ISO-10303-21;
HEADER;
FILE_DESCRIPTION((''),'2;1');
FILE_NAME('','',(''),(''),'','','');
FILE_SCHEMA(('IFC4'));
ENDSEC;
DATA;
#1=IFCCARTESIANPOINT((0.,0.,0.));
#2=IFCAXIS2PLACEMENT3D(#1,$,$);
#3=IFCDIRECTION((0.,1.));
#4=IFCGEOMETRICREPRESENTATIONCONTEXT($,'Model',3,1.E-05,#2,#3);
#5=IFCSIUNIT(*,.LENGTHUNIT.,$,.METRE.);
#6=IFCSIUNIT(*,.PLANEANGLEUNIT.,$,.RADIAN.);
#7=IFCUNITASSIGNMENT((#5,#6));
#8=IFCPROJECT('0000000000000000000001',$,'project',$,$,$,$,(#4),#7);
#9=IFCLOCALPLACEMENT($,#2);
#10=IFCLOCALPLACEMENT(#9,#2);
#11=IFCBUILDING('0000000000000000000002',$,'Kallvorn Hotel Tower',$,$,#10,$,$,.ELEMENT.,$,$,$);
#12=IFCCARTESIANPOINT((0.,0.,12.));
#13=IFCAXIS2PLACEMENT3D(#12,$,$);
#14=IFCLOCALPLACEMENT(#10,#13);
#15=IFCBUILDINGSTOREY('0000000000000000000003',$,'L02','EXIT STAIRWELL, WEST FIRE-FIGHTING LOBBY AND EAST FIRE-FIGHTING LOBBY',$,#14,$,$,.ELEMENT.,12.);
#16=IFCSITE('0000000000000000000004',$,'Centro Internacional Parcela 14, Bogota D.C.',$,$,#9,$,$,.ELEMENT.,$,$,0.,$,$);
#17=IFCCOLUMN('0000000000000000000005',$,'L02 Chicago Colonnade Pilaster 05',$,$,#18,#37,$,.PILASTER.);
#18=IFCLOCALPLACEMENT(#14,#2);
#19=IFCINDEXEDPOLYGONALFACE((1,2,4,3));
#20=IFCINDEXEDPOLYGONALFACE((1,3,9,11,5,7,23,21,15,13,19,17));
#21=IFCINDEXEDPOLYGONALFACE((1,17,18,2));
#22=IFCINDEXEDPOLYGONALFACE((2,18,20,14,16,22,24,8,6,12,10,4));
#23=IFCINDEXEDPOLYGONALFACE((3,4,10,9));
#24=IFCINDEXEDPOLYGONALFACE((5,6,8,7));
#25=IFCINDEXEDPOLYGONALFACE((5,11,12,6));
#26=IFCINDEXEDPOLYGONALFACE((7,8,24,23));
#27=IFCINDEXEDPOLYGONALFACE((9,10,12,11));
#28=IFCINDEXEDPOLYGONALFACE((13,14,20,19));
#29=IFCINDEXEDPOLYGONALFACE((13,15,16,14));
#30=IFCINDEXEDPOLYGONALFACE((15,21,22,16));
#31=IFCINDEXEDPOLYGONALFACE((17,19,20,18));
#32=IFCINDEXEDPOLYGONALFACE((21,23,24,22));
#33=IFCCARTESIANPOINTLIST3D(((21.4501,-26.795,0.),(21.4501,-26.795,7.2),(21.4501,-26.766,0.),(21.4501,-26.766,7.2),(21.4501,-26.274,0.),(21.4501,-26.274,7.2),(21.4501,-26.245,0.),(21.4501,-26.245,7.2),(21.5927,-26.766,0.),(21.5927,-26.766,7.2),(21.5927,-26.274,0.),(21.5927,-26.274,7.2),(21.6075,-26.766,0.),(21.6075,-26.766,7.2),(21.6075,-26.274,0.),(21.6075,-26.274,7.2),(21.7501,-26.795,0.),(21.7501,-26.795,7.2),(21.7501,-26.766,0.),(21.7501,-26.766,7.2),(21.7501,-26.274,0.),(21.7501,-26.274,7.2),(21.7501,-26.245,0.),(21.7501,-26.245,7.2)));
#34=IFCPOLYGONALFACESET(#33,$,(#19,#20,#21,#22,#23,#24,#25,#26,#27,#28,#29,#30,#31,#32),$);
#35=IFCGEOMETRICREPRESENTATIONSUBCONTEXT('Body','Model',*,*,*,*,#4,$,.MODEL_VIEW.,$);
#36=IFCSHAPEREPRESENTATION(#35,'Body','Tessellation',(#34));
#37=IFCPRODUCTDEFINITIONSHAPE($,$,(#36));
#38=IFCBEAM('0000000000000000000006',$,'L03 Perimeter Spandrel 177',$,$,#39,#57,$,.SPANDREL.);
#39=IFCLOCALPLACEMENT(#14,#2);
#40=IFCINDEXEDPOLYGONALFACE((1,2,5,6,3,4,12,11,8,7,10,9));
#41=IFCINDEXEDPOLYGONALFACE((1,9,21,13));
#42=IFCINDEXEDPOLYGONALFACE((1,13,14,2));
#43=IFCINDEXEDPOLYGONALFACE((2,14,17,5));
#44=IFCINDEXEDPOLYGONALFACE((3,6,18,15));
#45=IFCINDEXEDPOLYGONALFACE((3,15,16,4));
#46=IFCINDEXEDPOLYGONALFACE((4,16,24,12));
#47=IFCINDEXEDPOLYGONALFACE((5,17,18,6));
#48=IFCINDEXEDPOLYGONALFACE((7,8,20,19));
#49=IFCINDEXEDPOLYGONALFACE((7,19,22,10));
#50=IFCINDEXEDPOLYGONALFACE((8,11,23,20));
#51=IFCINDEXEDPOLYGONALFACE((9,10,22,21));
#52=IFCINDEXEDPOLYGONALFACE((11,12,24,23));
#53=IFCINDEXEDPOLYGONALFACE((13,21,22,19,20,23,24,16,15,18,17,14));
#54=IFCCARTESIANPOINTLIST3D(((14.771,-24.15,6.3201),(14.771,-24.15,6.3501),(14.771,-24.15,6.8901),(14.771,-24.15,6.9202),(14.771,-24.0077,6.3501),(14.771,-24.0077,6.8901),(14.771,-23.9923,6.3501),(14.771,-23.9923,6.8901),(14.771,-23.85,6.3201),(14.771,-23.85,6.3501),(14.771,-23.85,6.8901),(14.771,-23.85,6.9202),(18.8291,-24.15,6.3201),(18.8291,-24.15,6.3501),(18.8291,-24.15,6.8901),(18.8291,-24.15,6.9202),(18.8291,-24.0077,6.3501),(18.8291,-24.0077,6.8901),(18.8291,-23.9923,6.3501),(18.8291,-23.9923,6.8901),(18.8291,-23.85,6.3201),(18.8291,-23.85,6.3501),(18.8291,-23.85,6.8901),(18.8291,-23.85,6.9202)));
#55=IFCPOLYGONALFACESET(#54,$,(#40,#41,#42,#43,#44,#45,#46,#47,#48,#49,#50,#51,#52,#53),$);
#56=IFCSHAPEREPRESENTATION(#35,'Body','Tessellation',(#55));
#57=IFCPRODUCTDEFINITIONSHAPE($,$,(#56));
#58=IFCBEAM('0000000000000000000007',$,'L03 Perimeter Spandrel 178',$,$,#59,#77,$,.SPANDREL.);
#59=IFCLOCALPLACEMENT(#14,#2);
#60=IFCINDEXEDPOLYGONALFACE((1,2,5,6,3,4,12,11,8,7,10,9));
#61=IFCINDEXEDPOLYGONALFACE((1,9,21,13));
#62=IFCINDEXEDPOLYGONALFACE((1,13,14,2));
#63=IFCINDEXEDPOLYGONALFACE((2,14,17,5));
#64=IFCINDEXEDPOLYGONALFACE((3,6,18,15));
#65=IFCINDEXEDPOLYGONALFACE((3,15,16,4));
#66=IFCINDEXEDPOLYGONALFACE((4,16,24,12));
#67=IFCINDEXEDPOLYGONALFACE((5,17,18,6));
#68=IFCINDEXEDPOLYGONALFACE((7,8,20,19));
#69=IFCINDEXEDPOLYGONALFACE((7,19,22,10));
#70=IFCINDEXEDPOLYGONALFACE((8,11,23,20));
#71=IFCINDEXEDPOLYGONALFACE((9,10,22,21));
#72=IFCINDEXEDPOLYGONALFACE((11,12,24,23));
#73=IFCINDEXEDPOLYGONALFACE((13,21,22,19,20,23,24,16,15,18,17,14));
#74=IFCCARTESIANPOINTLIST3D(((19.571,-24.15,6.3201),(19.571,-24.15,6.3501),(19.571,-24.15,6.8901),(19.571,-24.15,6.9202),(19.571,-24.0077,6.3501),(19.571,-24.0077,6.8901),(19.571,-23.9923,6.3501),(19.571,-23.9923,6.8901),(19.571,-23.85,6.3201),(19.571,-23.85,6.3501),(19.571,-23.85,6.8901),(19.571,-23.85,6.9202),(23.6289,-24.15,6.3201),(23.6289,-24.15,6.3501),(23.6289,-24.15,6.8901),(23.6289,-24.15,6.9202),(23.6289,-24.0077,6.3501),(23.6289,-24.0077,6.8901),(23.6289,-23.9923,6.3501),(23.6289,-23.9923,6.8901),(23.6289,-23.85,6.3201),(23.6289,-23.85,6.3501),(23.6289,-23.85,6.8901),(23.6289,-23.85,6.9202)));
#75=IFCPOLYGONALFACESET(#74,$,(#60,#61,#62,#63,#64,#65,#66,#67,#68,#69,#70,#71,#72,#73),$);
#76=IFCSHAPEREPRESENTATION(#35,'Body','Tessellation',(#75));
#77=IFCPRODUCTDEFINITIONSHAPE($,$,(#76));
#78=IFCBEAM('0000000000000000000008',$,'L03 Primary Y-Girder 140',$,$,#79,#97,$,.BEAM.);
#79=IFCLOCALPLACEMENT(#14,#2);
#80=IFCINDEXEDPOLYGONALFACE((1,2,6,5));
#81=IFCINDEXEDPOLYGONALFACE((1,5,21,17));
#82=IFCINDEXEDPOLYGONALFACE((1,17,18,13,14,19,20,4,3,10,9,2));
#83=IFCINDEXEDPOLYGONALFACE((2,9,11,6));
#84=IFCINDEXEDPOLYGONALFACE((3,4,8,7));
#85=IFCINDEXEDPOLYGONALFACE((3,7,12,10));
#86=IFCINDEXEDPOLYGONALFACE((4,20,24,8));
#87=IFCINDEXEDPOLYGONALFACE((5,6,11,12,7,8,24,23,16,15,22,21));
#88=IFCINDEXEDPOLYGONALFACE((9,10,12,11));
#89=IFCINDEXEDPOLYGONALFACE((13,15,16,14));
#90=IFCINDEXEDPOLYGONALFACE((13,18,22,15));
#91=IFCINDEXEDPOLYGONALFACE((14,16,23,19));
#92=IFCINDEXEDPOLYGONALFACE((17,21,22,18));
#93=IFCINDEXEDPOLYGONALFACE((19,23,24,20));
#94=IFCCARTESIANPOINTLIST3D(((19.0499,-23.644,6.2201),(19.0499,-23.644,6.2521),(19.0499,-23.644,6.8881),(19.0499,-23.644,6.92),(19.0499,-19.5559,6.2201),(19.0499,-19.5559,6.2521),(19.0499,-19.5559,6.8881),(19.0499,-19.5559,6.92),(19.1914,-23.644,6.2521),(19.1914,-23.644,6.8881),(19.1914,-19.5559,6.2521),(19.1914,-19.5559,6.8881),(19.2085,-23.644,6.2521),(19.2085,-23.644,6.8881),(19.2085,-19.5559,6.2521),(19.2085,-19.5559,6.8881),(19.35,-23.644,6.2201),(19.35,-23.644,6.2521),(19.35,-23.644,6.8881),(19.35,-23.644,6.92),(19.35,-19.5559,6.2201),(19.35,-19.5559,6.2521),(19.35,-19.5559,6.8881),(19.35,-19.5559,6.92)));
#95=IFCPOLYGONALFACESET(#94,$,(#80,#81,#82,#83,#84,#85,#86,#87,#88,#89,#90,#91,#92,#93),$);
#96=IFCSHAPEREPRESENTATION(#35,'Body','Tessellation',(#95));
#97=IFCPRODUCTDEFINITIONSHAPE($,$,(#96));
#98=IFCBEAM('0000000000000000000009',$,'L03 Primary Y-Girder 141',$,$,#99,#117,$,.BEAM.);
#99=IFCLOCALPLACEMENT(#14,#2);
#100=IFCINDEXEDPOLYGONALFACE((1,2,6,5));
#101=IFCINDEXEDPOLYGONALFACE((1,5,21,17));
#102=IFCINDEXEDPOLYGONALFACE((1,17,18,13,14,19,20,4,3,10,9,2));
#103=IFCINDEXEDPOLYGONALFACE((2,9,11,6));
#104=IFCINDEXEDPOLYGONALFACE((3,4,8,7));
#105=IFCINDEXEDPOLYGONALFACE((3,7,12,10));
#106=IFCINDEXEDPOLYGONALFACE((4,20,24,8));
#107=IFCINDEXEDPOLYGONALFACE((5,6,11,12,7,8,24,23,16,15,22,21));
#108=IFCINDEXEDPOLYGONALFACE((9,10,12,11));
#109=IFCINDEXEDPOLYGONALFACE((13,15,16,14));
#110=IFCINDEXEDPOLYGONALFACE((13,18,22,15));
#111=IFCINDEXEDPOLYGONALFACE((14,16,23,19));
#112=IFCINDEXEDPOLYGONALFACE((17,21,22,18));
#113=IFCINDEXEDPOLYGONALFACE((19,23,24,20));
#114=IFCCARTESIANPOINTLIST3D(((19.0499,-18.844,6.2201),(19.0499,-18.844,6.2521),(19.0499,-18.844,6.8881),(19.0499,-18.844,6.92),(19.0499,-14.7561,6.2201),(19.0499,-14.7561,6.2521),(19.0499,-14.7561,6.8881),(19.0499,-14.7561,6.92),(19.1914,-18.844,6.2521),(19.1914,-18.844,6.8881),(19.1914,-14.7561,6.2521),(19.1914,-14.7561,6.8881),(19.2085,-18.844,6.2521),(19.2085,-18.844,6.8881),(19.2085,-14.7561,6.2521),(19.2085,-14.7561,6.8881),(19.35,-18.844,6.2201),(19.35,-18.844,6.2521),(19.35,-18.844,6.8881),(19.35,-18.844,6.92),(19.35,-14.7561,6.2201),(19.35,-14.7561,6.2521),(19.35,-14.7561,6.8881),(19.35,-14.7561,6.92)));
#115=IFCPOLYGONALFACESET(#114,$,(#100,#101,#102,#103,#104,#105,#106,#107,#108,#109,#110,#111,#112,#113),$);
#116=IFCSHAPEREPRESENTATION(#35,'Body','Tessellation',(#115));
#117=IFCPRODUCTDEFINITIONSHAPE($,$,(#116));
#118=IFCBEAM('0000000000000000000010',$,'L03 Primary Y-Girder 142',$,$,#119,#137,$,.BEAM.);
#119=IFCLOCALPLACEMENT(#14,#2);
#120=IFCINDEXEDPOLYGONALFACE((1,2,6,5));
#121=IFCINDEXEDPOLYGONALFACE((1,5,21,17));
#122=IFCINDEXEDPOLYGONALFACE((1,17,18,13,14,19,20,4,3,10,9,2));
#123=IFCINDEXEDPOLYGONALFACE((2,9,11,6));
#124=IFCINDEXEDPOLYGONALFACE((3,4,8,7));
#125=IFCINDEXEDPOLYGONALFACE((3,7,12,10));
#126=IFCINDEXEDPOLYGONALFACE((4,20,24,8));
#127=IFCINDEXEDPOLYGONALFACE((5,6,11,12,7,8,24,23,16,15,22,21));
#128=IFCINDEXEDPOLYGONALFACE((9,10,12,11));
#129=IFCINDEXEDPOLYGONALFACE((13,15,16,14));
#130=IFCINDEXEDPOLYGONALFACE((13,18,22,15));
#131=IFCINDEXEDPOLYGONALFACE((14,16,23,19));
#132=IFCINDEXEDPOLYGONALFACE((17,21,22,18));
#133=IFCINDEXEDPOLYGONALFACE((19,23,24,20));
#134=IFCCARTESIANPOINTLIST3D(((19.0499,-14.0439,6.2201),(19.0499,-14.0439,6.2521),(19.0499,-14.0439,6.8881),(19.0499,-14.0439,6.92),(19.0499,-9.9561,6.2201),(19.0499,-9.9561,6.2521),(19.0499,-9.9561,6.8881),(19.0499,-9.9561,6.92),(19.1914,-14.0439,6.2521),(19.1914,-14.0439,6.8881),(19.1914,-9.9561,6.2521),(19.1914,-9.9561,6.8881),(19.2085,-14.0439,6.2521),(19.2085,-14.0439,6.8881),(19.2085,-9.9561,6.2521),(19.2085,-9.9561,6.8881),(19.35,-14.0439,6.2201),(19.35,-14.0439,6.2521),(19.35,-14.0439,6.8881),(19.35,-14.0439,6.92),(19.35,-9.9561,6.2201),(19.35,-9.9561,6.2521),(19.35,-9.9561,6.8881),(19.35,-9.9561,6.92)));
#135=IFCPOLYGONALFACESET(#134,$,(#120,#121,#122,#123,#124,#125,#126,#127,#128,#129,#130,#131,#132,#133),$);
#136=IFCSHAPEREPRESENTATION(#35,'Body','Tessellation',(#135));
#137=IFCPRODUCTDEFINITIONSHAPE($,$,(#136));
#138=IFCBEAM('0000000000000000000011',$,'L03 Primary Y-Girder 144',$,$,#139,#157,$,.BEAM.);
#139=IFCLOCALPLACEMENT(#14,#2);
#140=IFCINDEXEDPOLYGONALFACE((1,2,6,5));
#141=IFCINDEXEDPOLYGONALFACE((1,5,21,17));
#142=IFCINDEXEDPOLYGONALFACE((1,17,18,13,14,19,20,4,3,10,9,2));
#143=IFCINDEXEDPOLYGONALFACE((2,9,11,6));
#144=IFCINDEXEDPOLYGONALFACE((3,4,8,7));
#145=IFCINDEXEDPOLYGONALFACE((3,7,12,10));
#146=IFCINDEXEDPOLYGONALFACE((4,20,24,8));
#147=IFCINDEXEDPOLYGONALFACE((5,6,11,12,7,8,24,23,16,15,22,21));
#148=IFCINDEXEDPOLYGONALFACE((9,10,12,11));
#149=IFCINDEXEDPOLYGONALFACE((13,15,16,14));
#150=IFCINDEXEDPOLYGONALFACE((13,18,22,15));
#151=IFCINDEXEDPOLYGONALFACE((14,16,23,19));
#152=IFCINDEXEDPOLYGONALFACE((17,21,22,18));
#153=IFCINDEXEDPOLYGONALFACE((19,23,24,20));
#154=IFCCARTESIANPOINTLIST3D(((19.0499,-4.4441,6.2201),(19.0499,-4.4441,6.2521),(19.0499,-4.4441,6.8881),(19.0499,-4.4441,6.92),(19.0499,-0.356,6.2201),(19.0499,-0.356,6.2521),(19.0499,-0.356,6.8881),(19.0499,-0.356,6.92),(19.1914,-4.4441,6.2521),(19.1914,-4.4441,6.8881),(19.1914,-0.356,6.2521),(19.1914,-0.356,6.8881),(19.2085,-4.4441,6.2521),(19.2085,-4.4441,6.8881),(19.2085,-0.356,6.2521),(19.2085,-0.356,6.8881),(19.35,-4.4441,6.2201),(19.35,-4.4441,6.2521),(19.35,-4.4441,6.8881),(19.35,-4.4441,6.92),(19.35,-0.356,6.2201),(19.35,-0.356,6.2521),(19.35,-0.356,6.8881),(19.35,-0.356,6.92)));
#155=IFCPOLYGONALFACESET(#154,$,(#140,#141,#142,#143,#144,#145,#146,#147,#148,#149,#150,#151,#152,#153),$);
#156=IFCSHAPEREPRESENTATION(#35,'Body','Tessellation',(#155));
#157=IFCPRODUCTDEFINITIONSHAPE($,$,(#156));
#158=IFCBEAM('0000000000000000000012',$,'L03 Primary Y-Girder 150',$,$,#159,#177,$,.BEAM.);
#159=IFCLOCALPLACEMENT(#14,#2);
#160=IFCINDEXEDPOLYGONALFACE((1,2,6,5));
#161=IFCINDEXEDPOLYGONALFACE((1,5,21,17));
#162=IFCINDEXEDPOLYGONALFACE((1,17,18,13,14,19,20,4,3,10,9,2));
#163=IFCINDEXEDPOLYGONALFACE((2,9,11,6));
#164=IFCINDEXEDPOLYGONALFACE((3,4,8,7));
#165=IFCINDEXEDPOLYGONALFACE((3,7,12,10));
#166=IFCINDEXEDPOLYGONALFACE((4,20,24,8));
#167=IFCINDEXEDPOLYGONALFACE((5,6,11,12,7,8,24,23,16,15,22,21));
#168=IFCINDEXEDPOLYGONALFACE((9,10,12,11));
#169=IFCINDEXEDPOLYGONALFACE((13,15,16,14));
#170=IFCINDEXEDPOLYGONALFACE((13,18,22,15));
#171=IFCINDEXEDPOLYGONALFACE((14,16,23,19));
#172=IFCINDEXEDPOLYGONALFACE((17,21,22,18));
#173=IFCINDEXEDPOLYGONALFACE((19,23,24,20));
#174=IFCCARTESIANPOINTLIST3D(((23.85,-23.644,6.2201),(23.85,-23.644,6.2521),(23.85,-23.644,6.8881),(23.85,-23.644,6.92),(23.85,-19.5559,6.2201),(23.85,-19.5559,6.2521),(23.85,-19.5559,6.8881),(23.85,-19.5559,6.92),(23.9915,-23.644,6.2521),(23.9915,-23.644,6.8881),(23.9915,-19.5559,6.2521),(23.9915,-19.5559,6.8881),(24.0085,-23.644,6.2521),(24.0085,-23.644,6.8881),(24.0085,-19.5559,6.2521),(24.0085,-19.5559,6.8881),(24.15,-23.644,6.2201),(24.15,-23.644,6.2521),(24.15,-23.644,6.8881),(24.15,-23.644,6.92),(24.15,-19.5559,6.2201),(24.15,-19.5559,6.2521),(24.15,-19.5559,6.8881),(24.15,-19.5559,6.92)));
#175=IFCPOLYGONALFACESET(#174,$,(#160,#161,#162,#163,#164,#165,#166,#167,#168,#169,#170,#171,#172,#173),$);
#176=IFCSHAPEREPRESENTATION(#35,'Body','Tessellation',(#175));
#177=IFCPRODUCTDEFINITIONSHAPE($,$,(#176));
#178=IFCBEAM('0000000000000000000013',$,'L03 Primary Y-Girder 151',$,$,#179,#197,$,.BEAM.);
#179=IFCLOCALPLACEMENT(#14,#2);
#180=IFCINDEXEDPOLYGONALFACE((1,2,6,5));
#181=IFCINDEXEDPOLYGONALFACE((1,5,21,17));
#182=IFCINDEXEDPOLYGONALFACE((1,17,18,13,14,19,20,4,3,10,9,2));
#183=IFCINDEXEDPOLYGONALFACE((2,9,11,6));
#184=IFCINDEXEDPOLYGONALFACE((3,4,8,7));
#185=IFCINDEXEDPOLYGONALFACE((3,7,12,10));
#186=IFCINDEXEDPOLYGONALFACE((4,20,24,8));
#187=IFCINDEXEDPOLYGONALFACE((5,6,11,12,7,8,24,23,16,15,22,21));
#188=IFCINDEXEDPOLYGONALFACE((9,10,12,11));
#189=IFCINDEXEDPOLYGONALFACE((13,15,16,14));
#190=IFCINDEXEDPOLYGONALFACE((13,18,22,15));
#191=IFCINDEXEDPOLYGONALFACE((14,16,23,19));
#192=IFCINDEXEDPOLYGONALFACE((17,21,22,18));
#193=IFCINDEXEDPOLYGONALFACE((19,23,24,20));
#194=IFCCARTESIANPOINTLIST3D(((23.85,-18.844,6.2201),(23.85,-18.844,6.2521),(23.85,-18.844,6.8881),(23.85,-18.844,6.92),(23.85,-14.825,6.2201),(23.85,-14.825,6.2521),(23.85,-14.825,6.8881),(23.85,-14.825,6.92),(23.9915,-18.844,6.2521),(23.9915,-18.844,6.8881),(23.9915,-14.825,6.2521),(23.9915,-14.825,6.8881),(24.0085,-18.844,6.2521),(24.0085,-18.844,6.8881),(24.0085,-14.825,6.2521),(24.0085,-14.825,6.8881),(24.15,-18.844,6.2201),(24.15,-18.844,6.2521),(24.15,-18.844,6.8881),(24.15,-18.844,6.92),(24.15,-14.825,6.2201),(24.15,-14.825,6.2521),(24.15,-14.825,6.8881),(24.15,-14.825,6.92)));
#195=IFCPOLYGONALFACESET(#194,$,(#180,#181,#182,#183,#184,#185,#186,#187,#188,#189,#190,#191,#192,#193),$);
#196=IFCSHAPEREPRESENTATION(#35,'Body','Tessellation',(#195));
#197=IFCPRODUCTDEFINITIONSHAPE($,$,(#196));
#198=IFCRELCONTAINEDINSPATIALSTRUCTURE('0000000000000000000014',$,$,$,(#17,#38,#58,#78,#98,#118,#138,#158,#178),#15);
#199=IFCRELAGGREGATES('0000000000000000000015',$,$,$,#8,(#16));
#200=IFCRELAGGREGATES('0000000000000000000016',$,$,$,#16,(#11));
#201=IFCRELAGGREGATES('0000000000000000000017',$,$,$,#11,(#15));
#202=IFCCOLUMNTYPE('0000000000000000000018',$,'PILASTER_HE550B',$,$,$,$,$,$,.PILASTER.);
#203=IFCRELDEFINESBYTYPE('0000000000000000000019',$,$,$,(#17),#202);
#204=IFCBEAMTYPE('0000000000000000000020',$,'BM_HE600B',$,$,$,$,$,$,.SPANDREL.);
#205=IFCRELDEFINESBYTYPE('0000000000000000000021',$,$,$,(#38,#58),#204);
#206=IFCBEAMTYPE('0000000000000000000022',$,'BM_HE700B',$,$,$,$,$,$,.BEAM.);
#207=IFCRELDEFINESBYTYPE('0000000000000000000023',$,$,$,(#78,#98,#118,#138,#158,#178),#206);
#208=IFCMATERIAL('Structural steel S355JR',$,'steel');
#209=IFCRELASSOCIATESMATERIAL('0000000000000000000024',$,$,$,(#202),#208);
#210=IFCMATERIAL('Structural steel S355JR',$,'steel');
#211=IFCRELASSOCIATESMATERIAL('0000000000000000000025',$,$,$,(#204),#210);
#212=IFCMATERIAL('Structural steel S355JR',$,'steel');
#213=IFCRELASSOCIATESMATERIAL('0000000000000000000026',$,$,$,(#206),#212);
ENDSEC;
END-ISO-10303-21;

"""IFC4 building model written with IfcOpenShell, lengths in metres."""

from ifc_helpers import new_model, si_unit, direction, frame, origin, origin_2d, place, context, subcontext, project, spatial, i_section, extrude, material, material_profile, profile_set, type_object, element, save


model = new_model("IFC4")

# Units and contexts
model_context = context("Model", 3, precision=1e-05, world=origin(), true_north=direction((0.0, 1.0)))
body_context = subcontext(model_context, "Body", "Model", "MODEL_VIEW")
ifc_project = project(units=[si_unit("LENGTHUNIT", "METRE"), si_unit("PLANEANGLEUNIT", "RADIAN")], contexts=[model_context])

# Site, building, storey
site_placement = place(None, origin())
site = spatial("IfcSite", under=ifc_project, at=site_placement, Name="Centro Internacional Parcela 14, Bogota D.C.", CompositionType="ELEMENT", RefElevation=0.0)
building_placement = place(site_placement, origin())
building = spatial("IfcBuilding", under=site, at=building_placement, Name="Kallvorn Hotel Tower", CompositionType="ELEMENT")
storey_placement = place(building_placement, frame((0.0, 0.0, 12.0)))
storey = spatial("IfcBuildingStorey", under=building, at=storey_placement, Name="L02", Description="EXIT STAIRWELL, WEST FIRE-FIGHTING LOBBY AND EAST FIRE-FIGHTING LOBBY", CompositionType="ELEMENT", Elevation=12.0)

# Column
ifc_material_1 = material(Name="Structural steel S355JR", Category="steel")
ifc_material_profile_1 = material_profile(ifc_material_1, i_section(OverallWidth=0.3, OverallDepth=0.55, WebThickness=0.0149, FlangeThickness=0.0291, at=origin_2d()), Name="HE 550 B")
ifc_profile_set_1 = profile_set([ifc_material_profile_1], Name="Structural steel S355JR")
column_type_1 = type_object("IfcColumnType", Name="PILASTER_HE550B", PredefinedType="PILASTER", material=ifc_profile_set_1)
column_1_placement = place(storey_placement, frame((21.6001, -26.52, 0.0), z_axis=(0.0, 0.0, 1.0), x_axis=(1.0, 0.0, 0.0)))
element("IfcColumn", 1, at=column_1_placement, inside=storey, type_object=column_type_1, Name="L02 Chicago Colonnade Pilaster 05", PredefinedType="PILASTER", context=body_context, shape_type="SweptSolid", body=[
    extrude(i_section(OverallWidth=0.3, OverallDepth=0.55, WebThickness=0.0149, FlangeThickness=0.0291, at=origin_2d()), origin(), (0.0, 0.0, 1.0), 7.2),
])

# Beams
ifc_material_2 = material(Name="Structural steel S355JR", Category="steel")
ifc_material_profile_2 = material_profile(ifc_material_2, i_section(OverallWidth=0.3, OverallDepth=0.6001, WebThickness=0.0154, FlangeThickness=0.03, at=origin_2d()), Name="HE 600 B")
ifc_profile_set_2 = profile_set([ifc_material_profile_2], Name="Structural steel S355JR")
beam_type_1 = type_object("IfcBeamType", Name="BM_HE600B", PredefinedType="SPANDREL", material=ifc_profile_set_2)
beam_1_placement = place(storey_placement, frame((14.771, -24.0, 6.6201), z_axis=(1.0, 0.0, 0.0), x_axis=(0.0, 1.0, 0.0)))
element("IfcBeam", 2, at=beam_1_placement, inside=storey, type_object=beam_type_1, Name="L03 Perimeter Spandrel 177", PredefinedType="SPANDREL", context=body_context, shape_type="SweptSolid", body=[
    extrude(i_section(OverallWidth=0.3, OverallDepth=0.6001, WebThickness=0.0154, FlangeThickness=0.03, at=origin_2d()), origin(), (0.0, 0.0, 1.0), 4.0581),
])
beam_2_placement = place(storey_placement, frame((19.571, -24.0, 6.6201), z_axis=(1.0, 0.0, 0.0), x_axis=(0.0, 1.0, 0.0)))
element("IfcBeam", 3, at=beam_2_placement, inside=storey, type_object=beam_type_1, Name="L03 Perimeter Spandrel 178", PredefinedType="SPANDREL", context=body_context, shape_type="SweptSolid", body=[
    extrude(i_section(OverallWidth=0.3, OverallDepth=0.6001, WebThickness=0.0154, FlangeThickness=0.03, at=origin_2d()), origin(), (0.0, 0.0, 1.0), 4.0579),
])
ifc_material_3 = material(Name="Structural steel S355JR", Category="steel")
ifc_material_profile_3 = material_profile(ifc_material_3, i_section(OverallWidth=0.3, OverallDepth=0.7, WebThickness=0.0171, FlangeThickness=0.032, at=origin_2d()), Name="HE 700 B")
ifc_profile_set_3 = profile_set([ifc_material_profile_3], Name="Structural steel S355JR")
beam_type_2 = type_object("IfcBeamType", Name="BM_HE700B", PredefinedType="BEAM", material=ifc_profile_set_3)
beam_3_placement = place(storey_placement, frame((19.2, -23.644, 6.5701), z_axis=(0.0, 1.0, 0.0), x_axis=(-1.0, 0.0, 0.0)))
element("IfcBeam", 4, at=beam_3_placement, inside=storey, type_object=beam_type_2, Name="L03 Primary Y-Girder 140", PredefinedType="BEAM", context=body_context, shape_type="SweptSolid", body=[
    extrude(i_section(OverallWidth=0.3, OverallDepth=0.7, WebThickness=0.0171, FlangeThickness=0.032, at=origin_2d()), origin(), (0.0, 0.0, 1.0), 4.0881),
])
for number, where, z_axis, x_axis, name in (
    (5, (19.2, -18.844, 6.5701), (0.0, 1.0, 0.0), (-1.0, 0.0, 0.0), "L03 Primary Y-Girder 141"),
    (6, (19.2, -14.0439, 6.5701), (0.0, 1.0, 0.0), (-1.0, 0.0, 0.0), "L03 Primary Y-Girder 142"),
):
    element("IfcBeam", number, at=place(storey_placement, frame(where, z_axis=z_axis, x_axis=x_axis)), inside=storey, type_object=beam_type_2, Name=name, PredefinedType="BEAM", context=body_context, shape_type="SweptSolid", body=[
        extrude(i_section(OverallWidth=0.3, OverallDepth=0.7, WebThickness=0.0171, FlangeThickness=0.032, at=origin_2d()), origin(), (0.0, 0.0, 1.0), 4.0879),
    ])
for number, where, z_axis, x_axis, name in (
    (7, (19.2, -4.4441, 6.5701), (0.0, 1.0, 0.0), (-1.0, 0.0, 0.0), "L03 Primary Y-Girder 144"),
    (8, (24.0, -23.644, 6.5701), (0.0, 1.0, 0.0), (-1.0, 0.0, 0.0), "L03 Primary Y-Girder 150"),
):
    element("IfcBeam", number, at=place(storey_placement, frame(where, z_axis=z_axis, x_axis=x_axis)), inside=storey, type_object=beam_type_2, Name=name, PredefinedType="BEAM", context=body_context, shape_type="SweptSolid", body=[
        extrude(i_section(OverallWidth=0.3, OverallDepth=0.7, WebThickness=0.0171, FlangeThickness=0.032, at=origin_2d()), origin(), (0.0, 0.0, 1.0), 4.0881),
    ])
for number, where, z_axis, x_axis, name in (
    (9, (24.0, -18.844, 6.5701), (0.0, 1.0, 0.0), (-1.0, 0.0, 0.0), "L03 Primary Y-Girder 151"),
):
    element("IfcBeam", number, at=place(storey_placement, frame(where, z_axis=z_axis, x_axis=x_axis)), inside=storey, type_object=beam_type_2, Name=name, PredefinedType="BEAM", context=body_context, shape_type="SweptSolid", body=[
        extrude(i_section(OverallWidth=0.3, OverallDepth=0.7, WebThickness=0.0171, FlangeThickness=0.032, at=origin_2d()), origin(), (0.0, 0.0, 1.0), 4.019),
    ])

save(model, "model.ifc")
